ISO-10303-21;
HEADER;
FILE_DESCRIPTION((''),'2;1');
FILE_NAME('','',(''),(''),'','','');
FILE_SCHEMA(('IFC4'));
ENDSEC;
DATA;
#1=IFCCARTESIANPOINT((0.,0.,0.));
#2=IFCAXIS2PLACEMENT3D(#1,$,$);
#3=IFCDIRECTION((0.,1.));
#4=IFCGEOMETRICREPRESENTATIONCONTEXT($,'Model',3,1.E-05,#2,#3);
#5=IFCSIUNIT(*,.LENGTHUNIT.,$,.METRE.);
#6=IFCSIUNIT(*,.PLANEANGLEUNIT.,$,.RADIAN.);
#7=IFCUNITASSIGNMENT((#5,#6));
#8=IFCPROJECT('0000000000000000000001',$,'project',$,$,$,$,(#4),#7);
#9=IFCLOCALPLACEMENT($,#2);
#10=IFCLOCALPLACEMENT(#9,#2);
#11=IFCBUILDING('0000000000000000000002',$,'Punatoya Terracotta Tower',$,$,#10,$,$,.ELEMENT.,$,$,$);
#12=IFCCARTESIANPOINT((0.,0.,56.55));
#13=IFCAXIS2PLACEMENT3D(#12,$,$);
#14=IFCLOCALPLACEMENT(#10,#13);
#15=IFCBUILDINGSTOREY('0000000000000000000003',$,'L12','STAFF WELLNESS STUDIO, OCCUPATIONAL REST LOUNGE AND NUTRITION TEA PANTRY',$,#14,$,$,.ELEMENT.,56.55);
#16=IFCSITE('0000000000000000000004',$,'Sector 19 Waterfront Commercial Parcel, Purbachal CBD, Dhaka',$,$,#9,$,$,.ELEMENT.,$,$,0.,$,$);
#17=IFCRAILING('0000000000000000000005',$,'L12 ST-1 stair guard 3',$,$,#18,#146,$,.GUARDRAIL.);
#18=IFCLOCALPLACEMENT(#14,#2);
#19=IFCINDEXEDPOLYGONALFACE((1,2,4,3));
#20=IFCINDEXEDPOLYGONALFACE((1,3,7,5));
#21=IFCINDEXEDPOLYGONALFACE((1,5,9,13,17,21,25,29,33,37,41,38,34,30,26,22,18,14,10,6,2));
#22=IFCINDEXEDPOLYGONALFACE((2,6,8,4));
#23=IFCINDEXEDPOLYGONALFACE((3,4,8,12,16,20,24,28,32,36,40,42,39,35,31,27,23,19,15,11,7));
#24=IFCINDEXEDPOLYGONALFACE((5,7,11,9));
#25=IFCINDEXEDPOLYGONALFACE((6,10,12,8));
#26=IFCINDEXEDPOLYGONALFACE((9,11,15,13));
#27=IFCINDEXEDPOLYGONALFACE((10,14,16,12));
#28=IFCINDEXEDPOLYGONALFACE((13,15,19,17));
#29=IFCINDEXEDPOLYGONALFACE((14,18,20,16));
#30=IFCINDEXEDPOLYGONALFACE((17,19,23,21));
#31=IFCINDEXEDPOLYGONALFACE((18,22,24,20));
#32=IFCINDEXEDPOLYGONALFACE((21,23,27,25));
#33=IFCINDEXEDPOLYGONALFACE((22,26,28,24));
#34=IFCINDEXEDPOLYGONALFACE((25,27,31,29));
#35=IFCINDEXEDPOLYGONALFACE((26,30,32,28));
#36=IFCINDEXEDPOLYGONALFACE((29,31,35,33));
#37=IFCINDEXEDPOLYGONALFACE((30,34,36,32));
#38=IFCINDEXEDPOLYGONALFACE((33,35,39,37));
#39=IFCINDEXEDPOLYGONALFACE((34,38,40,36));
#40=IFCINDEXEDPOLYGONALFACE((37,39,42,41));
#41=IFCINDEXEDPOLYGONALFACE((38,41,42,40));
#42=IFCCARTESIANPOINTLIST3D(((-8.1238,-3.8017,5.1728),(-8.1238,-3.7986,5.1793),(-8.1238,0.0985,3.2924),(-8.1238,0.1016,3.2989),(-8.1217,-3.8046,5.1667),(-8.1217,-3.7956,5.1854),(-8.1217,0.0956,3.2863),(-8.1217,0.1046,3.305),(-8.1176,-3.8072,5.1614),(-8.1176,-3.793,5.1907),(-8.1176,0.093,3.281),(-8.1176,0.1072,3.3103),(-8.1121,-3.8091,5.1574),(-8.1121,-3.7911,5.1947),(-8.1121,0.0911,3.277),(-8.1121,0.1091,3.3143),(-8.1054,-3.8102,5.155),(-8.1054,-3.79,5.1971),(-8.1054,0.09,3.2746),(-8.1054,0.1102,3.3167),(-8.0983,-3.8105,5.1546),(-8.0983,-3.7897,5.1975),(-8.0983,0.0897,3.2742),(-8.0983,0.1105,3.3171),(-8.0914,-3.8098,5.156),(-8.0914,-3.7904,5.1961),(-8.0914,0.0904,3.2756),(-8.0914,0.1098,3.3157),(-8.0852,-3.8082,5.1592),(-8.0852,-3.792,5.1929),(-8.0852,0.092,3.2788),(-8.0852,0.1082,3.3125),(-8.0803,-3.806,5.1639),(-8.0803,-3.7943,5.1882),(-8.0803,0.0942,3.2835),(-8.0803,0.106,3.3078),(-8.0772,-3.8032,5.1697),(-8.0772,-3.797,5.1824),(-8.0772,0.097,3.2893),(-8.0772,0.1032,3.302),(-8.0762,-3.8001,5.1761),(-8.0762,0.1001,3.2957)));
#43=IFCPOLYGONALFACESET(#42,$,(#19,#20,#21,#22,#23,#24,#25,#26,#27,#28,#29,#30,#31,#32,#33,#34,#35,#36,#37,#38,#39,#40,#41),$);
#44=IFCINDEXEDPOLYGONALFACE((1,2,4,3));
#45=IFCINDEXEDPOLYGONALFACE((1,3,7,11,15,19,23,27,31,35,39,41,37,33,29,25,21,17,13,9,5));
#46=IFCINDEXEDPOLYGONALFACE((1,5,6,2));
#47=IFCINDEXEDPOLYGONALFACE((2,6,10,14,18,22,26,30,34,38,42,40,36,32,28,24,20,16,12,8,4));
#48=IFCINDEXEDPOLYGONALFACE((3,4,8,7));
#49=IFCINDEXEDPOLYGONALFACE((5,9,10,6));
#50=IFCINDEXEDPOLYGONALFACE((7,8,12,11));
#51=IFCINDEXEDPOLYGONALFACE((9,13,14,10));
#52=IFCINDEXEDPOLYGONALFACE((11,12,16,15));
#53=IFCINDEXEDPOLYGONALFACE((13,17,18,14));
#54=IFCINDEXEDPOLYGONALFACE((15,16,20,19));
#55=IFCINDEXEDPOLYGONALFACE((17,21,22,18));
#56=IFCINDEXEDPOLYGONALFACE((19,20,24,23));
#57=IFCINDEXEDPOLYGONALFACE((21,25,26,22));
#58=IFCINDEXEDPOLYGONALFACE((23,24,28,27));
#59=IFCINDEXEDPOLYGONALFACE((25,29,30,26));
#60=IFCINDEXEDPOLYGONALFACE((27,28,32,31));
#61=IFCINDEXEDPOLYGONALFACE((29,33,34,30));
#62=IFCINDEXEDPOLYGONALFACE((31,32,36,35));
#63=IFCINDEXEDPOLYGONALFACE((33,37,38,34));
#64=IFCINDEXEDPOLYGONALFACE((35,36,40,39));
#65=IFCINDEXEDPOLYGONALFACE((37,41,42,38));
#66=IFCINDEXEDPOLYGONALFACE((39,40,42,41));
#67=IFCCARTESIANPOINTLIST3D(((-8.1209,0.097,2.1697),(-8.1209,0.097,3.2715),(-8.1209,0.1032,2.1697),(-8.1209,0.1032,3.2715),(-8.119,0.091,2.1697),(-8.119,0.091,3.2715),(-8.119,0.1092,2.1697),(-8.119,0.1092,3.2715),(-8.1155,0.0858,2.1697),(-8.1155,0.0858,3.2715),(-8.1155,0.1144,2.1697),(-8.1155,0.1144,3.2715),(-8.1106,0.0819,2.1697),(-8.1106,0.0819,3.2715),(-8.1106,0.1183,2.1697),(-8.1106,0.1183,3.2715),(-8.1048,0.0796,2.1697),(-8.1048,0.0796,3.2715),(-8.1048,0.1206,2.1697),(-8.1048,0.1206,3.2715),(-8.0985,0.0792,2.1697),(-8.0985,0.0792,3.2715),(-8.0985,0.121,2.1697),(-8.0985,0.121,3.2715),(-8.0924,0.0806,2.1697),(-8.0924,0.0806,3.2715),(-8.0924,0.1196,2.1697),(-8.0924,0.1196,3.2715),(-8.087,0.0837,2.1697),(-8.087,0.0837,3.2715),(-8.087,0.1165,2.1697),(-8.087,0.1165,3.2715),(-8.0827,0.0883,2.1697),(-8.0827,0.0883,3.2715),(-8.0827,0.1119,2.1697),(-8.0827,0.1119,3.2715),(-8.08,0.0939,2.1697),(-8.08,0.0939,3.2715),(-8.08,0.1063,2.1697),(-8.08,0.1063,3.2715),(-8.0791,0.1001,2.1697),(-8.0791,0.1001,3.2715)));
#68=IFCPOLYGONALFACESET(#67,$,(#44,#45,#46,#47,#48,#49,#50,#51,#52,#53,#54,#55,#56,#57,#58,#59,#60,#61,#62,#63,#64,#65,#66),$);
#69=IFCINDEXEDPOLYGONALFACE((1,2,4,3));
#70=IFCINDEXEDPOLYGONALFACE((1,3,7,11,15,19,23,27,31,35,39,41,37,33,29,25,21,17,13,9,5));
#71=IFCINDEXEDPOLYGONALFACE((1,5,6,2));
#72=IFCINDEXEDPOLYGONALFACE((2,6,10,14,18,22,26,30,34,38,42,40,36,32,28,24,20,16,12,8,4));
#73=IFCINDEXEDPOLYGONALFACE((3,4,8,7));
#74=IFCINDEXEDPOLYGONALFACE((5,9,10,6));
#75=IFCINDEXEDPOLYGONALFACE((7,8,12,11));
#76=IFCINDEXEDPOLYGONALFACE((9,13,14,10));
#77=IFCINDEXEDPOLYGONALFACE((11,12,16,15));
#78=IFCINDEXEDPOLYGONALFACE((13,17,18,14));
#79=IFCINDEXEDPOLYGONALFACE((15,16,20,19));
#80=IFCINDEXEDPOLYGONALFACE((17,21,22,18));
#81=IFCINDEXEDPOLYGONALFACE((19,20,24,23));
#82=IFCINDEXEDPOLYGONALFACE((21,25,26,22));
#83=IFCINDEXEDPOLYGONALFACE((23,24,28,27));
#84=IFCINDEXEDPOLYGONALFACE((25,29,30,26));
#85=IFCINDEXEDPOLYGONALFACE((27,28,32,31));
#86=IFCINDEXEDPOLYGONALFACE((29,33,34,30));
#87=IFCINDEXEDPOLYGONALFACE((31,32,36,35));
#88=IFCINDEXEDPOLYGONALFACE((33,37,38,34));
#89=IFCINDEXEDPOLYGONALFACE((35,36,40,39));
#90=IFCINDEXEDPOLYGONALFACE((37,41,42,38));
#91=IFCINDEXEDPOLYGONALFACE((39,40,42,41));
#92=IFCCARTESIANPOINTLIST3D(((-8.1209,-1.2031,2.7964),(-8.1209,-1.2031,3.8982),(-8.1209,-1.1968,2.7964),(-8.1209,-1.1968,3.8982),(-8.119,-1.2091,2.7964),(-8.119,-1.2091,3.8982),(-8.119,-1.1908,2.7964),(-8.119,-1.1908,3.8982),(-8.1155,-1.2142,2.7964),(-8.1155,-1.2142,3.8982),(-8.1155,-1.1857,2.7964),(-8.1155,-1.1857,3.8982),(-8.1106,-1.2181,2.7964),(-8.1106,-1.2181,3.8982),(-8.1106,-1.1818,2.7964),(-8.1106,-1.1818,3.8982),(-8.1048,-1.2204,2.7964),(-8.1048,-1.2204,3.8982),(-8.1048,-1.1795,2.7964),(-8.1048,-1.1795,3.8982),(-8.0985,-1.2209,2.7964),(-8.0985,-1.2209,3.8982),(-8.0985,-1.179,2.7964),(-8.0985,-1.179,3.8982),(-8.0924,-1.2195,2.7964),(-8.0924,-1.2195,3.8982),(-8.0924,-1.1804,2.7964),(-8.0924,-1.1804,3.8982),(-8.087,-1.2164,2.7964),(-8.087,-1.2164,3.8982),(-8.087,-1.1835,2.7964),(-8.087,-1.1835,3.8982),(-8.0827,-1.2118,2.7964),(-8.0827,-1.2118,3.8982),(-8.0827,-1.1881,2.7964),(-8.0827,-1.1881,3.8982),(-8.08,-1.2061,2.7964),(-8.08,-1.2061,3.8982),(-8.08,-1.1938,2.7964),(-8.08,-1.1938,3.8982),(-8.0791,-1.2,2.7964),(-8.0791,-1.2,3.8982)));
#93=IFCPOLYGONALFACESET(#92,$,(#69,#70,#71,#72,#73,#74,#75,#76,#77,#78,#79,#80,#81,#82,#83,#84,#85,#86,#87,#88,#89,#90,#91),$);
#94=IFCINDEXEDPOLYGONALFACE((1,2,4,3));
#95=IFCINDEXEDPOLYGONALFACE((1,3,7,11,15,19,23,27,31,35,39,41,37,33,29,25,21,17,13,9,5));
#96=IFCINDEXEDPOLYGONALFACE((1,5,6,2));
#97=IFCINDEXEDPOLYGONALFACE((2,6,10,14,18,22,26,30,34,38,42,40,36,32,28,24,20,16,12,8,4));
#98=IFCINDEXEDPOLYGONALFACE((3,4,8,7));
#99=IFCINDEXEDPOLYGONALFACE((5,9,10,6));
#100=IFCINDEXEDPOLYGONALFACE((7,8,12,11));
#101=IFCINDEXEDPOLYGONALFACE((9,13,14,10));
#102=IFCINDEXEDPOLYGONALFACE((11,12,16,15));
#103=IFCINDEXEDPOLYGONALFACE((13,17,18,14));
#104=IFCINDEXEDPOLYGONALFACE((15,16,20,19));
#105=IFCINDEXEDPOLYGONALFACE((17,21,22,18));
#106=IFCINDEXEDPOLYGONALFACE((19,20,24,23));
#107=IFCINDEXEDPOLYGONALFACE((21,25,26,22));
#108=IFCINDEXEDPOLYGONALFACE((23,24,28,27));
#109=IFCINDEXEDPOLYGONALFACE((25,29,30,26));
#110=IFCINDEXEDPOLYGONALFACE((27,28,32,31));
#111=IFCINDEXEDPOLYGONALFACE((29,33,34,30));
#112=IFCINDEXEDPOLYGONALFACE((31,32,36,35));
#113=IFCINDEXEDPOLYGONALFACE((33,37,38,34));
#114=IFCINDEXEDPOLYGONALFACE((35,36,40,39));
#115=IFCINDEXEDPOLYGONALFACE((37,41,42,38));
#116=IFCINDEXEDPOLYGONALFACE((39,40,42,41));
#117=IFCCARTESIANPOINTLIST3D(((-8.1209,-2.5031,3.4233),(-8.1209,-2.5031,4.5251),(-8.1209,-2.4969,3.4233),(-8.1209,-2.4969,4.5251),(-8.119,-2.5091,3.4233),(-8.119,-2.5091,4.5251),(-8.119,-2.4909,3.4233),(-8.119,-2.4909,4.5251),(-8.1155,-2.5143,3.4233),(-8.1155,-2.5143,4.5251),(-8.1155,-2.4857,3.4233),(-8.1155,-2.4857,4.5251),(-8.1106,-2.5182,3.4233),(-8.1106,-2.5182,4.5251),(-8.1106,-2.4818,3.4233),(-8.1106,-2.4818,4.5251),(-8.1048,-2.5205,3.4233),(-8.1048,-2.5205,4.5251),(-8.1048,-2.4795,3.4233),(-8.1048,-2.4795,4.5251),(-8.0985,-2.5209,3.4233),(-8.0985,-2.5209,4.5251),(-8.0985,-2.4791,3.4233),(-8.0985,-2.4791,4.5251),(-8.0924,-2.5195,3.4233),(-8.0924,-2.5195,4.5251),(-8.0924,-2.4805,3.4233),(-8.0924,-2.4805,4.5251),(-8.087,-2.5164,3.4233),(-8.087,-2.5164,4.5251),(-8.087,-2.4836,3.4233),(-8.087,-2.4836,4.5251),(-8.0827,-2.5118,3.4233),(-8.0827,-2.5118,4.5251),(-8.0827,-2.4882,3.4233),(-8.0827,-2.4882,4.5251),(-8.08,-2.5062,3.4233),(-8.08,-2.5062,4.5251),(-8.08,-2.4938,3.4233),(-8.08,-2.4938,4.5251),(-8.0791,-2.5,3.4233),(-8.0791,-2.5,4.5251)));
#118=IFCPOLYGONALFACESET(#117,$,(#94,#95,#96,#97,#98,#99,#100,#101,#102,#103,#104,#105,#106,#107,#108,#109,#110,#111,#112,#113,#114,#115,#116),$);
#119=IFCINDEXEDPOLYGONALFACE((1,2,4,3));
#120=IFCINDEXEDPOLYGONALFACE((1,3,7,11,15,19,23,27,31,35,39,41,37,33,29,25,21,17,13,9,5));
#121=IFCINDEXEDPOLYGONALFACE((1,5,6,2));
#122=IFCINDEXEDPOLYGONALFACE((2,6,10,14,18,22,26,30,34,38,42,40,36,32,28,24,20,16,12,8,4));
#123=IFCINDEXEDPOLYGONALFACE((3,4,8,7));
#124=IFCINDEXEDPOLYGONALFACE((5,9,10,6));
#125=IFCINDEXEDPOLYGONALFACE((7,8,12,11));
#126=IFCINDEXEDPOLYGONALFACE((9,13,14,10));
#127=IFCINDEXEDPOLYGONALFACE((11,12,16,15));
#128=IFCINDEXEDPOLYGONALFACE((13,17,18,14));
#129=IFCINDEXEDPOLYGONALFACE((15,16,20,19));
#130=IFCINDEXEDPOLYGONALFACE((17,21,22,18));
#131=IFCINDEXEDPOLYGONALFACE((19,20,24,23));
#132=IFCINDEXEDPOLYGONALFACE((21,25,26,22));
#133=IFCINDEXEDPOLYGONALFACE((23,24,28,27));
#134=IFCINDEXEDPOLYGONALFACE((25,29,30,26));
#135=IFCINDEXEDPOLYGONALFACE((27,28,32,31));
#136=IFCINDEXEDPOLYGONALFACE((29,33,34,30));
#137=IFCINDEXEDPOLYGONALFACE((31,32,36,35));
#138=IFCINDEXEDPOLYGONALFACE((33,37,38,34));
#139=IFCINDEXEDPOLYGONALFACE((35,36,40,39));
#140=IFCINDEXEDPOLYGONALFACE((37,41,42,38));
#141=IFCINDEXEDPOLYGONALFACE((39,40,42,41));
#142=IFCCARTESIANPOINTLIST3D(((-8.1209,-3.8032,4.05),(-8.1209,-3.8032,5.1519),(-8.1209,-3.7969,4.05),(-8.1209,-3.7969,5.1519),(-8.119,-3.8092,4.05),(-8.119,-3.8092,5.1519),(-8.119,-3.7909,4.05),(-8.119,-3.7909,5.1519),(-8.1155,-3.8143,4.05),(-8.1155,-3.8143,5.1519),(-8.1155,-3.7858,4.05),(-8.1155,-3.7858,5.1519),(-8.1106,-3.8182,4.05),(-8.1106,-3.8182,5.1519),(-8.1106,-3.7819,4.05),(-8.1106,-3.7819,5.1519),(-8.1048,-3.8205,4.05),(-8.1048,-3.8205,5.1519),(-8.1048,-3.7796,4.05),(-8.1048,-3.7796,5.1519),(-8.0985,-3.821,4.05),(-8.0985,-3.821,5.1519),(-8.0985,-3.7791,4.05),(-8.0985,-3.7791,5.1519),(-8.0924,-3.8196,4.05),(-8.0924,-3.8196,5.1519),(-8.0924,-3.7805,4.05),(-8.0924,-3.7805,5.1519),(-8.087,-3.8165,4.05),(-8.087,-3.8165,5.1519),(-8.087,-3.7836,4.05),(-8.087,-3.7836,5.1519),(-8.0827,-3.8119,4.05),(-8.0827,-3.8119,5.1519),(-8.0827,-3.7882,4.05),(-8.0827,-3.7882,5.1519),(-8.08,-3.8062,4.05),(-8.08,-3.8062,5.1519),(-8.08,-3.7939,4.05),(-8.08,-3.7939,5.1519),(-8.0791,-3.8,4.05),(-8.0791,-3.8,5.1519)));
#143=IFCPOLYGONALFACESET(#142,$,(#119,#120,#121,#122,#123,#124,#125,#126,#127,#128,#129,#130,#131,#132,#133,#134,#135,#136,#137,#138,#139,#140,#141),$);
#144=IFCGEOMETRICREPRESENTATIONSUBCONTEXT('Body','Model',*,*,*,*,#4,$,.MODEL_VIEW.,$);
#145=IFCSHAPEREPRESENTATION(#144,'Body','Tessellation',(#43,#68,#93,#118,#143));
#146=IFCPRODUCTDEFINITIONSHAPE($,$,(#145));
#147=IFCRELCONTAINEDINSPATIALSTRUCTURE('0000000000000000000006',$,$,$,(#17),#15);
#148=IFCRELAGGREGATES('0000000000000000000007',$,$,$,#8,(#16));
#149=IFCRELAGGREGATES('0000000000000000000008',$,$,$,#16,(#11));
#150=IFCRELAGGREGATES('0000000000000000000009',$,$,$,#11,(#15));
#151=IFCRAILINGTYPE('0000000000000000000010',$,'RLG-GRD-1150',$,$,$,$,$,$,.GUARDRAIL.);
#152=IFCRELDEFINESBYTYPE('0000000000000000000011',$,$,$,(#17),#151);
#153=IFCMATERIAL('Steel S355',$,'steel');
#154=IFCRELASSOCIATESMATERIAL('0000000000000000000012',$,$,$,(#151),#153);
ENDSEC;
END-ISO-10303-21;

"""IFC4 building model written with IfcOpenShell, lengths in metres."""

from ifc_helpers import new_model, si_unit, direction, frame, origin, origin_2d, place, context, subcontext, project, spatial, circle, extrude, material, type_object, element, save


model = new_model("IFC4")

# Units and contexts
model_context = context("Model", 3, precision=1e-05, world=origin(), true_north=direction((0.0, 1.0)))
body_context = subcontext(model_context, "Body", "Model", "MODEL_VIEW")
ifc_project = project(units=[si_unit("LENGTHUNIT", "METRE"), si_unit("PLANEANGLEUNIT", "RADIAN")], contexts=[model_context])

# Site, building, storey
site_placement = place(None, origin())
site = spatial("IfcSite", under=ifc_project, at=site_placement, Name="Sector 19 Waterfront Commercial Parcel, Purbachal CBD, Dhaka", CompositionType="ELEMENT", RefElevation=0.0)
building_placement = place(site_placement, origin())
building = spatial("IfcBuilding", under=site, at=building_placement, Name="Punatoya Terracotta Tower", CompositionType="ELEMENT")
storey_placement = place(building_placement, frame((0.0, 0.0, 56.55)))
storey = spatial("IfcBuildingStorey", under=building, at=storey_placement, Name="L12", Description="STAFF WELLNESS STUDIO, OCCUPATIONAL REST LOUNGE AND NUTRITION TEA PANTRY", CompositionType="ELEMENT", Elevation=56.55)

# Shared definitions
ifc_material_1 = material(Name="Steel S355", Category="steel")

# Railing
railing_type_1 = type_object("IfcRailingType", Name="RLG-GRD-1150", PredefinedType="GUARDRAIL", material=ifc_material_1)
railing_1_placement = place(storey_placement, frame((-8.1001, 0.1001, 2.1697)))
element("IfcRailing", 1, at=railing_1_placement, inside=storey, type_object=railing_type_1, Name="L12 ST-1 stair guard 3", PredefinedType="GUARDRAIL", context=body_context, shape_type="SweptSolid", body=[
    extrude(circle(Radius=0.0239, at=origin_2d()), frame((0.0, 0.0, 1.126), z_axis=(0.0, -0.900774, 0.434289), x_axis=(1.0, 0.0, 0.0)), (0.0, 0.0, 1.0), 4.3298),
    extrude(circle(Radius=0.021, at=origin_2d()), origin(), (0.0, 0.0, 1.0), 1.1018),
    extrude(circle(Radius=0.021, at=origin_2d()), frame((0.0, -1.3, 0.6267)), (0.0, 0.0, 1.0), 1.1018),
    extrude(circle(Radius=0.021, at=origin_2d()), frame((0.0, -2.6001, 1.2537)), (0.0, 0.0, 1.0), 1.1018),
    extrude(circle(Radius=0.021, at=origin_2d()), frame((0.0, -3.9001, 1.8804)), (0.0, 0.0, 1.0), 1.1018),
])

save(model, "model.ifc")
